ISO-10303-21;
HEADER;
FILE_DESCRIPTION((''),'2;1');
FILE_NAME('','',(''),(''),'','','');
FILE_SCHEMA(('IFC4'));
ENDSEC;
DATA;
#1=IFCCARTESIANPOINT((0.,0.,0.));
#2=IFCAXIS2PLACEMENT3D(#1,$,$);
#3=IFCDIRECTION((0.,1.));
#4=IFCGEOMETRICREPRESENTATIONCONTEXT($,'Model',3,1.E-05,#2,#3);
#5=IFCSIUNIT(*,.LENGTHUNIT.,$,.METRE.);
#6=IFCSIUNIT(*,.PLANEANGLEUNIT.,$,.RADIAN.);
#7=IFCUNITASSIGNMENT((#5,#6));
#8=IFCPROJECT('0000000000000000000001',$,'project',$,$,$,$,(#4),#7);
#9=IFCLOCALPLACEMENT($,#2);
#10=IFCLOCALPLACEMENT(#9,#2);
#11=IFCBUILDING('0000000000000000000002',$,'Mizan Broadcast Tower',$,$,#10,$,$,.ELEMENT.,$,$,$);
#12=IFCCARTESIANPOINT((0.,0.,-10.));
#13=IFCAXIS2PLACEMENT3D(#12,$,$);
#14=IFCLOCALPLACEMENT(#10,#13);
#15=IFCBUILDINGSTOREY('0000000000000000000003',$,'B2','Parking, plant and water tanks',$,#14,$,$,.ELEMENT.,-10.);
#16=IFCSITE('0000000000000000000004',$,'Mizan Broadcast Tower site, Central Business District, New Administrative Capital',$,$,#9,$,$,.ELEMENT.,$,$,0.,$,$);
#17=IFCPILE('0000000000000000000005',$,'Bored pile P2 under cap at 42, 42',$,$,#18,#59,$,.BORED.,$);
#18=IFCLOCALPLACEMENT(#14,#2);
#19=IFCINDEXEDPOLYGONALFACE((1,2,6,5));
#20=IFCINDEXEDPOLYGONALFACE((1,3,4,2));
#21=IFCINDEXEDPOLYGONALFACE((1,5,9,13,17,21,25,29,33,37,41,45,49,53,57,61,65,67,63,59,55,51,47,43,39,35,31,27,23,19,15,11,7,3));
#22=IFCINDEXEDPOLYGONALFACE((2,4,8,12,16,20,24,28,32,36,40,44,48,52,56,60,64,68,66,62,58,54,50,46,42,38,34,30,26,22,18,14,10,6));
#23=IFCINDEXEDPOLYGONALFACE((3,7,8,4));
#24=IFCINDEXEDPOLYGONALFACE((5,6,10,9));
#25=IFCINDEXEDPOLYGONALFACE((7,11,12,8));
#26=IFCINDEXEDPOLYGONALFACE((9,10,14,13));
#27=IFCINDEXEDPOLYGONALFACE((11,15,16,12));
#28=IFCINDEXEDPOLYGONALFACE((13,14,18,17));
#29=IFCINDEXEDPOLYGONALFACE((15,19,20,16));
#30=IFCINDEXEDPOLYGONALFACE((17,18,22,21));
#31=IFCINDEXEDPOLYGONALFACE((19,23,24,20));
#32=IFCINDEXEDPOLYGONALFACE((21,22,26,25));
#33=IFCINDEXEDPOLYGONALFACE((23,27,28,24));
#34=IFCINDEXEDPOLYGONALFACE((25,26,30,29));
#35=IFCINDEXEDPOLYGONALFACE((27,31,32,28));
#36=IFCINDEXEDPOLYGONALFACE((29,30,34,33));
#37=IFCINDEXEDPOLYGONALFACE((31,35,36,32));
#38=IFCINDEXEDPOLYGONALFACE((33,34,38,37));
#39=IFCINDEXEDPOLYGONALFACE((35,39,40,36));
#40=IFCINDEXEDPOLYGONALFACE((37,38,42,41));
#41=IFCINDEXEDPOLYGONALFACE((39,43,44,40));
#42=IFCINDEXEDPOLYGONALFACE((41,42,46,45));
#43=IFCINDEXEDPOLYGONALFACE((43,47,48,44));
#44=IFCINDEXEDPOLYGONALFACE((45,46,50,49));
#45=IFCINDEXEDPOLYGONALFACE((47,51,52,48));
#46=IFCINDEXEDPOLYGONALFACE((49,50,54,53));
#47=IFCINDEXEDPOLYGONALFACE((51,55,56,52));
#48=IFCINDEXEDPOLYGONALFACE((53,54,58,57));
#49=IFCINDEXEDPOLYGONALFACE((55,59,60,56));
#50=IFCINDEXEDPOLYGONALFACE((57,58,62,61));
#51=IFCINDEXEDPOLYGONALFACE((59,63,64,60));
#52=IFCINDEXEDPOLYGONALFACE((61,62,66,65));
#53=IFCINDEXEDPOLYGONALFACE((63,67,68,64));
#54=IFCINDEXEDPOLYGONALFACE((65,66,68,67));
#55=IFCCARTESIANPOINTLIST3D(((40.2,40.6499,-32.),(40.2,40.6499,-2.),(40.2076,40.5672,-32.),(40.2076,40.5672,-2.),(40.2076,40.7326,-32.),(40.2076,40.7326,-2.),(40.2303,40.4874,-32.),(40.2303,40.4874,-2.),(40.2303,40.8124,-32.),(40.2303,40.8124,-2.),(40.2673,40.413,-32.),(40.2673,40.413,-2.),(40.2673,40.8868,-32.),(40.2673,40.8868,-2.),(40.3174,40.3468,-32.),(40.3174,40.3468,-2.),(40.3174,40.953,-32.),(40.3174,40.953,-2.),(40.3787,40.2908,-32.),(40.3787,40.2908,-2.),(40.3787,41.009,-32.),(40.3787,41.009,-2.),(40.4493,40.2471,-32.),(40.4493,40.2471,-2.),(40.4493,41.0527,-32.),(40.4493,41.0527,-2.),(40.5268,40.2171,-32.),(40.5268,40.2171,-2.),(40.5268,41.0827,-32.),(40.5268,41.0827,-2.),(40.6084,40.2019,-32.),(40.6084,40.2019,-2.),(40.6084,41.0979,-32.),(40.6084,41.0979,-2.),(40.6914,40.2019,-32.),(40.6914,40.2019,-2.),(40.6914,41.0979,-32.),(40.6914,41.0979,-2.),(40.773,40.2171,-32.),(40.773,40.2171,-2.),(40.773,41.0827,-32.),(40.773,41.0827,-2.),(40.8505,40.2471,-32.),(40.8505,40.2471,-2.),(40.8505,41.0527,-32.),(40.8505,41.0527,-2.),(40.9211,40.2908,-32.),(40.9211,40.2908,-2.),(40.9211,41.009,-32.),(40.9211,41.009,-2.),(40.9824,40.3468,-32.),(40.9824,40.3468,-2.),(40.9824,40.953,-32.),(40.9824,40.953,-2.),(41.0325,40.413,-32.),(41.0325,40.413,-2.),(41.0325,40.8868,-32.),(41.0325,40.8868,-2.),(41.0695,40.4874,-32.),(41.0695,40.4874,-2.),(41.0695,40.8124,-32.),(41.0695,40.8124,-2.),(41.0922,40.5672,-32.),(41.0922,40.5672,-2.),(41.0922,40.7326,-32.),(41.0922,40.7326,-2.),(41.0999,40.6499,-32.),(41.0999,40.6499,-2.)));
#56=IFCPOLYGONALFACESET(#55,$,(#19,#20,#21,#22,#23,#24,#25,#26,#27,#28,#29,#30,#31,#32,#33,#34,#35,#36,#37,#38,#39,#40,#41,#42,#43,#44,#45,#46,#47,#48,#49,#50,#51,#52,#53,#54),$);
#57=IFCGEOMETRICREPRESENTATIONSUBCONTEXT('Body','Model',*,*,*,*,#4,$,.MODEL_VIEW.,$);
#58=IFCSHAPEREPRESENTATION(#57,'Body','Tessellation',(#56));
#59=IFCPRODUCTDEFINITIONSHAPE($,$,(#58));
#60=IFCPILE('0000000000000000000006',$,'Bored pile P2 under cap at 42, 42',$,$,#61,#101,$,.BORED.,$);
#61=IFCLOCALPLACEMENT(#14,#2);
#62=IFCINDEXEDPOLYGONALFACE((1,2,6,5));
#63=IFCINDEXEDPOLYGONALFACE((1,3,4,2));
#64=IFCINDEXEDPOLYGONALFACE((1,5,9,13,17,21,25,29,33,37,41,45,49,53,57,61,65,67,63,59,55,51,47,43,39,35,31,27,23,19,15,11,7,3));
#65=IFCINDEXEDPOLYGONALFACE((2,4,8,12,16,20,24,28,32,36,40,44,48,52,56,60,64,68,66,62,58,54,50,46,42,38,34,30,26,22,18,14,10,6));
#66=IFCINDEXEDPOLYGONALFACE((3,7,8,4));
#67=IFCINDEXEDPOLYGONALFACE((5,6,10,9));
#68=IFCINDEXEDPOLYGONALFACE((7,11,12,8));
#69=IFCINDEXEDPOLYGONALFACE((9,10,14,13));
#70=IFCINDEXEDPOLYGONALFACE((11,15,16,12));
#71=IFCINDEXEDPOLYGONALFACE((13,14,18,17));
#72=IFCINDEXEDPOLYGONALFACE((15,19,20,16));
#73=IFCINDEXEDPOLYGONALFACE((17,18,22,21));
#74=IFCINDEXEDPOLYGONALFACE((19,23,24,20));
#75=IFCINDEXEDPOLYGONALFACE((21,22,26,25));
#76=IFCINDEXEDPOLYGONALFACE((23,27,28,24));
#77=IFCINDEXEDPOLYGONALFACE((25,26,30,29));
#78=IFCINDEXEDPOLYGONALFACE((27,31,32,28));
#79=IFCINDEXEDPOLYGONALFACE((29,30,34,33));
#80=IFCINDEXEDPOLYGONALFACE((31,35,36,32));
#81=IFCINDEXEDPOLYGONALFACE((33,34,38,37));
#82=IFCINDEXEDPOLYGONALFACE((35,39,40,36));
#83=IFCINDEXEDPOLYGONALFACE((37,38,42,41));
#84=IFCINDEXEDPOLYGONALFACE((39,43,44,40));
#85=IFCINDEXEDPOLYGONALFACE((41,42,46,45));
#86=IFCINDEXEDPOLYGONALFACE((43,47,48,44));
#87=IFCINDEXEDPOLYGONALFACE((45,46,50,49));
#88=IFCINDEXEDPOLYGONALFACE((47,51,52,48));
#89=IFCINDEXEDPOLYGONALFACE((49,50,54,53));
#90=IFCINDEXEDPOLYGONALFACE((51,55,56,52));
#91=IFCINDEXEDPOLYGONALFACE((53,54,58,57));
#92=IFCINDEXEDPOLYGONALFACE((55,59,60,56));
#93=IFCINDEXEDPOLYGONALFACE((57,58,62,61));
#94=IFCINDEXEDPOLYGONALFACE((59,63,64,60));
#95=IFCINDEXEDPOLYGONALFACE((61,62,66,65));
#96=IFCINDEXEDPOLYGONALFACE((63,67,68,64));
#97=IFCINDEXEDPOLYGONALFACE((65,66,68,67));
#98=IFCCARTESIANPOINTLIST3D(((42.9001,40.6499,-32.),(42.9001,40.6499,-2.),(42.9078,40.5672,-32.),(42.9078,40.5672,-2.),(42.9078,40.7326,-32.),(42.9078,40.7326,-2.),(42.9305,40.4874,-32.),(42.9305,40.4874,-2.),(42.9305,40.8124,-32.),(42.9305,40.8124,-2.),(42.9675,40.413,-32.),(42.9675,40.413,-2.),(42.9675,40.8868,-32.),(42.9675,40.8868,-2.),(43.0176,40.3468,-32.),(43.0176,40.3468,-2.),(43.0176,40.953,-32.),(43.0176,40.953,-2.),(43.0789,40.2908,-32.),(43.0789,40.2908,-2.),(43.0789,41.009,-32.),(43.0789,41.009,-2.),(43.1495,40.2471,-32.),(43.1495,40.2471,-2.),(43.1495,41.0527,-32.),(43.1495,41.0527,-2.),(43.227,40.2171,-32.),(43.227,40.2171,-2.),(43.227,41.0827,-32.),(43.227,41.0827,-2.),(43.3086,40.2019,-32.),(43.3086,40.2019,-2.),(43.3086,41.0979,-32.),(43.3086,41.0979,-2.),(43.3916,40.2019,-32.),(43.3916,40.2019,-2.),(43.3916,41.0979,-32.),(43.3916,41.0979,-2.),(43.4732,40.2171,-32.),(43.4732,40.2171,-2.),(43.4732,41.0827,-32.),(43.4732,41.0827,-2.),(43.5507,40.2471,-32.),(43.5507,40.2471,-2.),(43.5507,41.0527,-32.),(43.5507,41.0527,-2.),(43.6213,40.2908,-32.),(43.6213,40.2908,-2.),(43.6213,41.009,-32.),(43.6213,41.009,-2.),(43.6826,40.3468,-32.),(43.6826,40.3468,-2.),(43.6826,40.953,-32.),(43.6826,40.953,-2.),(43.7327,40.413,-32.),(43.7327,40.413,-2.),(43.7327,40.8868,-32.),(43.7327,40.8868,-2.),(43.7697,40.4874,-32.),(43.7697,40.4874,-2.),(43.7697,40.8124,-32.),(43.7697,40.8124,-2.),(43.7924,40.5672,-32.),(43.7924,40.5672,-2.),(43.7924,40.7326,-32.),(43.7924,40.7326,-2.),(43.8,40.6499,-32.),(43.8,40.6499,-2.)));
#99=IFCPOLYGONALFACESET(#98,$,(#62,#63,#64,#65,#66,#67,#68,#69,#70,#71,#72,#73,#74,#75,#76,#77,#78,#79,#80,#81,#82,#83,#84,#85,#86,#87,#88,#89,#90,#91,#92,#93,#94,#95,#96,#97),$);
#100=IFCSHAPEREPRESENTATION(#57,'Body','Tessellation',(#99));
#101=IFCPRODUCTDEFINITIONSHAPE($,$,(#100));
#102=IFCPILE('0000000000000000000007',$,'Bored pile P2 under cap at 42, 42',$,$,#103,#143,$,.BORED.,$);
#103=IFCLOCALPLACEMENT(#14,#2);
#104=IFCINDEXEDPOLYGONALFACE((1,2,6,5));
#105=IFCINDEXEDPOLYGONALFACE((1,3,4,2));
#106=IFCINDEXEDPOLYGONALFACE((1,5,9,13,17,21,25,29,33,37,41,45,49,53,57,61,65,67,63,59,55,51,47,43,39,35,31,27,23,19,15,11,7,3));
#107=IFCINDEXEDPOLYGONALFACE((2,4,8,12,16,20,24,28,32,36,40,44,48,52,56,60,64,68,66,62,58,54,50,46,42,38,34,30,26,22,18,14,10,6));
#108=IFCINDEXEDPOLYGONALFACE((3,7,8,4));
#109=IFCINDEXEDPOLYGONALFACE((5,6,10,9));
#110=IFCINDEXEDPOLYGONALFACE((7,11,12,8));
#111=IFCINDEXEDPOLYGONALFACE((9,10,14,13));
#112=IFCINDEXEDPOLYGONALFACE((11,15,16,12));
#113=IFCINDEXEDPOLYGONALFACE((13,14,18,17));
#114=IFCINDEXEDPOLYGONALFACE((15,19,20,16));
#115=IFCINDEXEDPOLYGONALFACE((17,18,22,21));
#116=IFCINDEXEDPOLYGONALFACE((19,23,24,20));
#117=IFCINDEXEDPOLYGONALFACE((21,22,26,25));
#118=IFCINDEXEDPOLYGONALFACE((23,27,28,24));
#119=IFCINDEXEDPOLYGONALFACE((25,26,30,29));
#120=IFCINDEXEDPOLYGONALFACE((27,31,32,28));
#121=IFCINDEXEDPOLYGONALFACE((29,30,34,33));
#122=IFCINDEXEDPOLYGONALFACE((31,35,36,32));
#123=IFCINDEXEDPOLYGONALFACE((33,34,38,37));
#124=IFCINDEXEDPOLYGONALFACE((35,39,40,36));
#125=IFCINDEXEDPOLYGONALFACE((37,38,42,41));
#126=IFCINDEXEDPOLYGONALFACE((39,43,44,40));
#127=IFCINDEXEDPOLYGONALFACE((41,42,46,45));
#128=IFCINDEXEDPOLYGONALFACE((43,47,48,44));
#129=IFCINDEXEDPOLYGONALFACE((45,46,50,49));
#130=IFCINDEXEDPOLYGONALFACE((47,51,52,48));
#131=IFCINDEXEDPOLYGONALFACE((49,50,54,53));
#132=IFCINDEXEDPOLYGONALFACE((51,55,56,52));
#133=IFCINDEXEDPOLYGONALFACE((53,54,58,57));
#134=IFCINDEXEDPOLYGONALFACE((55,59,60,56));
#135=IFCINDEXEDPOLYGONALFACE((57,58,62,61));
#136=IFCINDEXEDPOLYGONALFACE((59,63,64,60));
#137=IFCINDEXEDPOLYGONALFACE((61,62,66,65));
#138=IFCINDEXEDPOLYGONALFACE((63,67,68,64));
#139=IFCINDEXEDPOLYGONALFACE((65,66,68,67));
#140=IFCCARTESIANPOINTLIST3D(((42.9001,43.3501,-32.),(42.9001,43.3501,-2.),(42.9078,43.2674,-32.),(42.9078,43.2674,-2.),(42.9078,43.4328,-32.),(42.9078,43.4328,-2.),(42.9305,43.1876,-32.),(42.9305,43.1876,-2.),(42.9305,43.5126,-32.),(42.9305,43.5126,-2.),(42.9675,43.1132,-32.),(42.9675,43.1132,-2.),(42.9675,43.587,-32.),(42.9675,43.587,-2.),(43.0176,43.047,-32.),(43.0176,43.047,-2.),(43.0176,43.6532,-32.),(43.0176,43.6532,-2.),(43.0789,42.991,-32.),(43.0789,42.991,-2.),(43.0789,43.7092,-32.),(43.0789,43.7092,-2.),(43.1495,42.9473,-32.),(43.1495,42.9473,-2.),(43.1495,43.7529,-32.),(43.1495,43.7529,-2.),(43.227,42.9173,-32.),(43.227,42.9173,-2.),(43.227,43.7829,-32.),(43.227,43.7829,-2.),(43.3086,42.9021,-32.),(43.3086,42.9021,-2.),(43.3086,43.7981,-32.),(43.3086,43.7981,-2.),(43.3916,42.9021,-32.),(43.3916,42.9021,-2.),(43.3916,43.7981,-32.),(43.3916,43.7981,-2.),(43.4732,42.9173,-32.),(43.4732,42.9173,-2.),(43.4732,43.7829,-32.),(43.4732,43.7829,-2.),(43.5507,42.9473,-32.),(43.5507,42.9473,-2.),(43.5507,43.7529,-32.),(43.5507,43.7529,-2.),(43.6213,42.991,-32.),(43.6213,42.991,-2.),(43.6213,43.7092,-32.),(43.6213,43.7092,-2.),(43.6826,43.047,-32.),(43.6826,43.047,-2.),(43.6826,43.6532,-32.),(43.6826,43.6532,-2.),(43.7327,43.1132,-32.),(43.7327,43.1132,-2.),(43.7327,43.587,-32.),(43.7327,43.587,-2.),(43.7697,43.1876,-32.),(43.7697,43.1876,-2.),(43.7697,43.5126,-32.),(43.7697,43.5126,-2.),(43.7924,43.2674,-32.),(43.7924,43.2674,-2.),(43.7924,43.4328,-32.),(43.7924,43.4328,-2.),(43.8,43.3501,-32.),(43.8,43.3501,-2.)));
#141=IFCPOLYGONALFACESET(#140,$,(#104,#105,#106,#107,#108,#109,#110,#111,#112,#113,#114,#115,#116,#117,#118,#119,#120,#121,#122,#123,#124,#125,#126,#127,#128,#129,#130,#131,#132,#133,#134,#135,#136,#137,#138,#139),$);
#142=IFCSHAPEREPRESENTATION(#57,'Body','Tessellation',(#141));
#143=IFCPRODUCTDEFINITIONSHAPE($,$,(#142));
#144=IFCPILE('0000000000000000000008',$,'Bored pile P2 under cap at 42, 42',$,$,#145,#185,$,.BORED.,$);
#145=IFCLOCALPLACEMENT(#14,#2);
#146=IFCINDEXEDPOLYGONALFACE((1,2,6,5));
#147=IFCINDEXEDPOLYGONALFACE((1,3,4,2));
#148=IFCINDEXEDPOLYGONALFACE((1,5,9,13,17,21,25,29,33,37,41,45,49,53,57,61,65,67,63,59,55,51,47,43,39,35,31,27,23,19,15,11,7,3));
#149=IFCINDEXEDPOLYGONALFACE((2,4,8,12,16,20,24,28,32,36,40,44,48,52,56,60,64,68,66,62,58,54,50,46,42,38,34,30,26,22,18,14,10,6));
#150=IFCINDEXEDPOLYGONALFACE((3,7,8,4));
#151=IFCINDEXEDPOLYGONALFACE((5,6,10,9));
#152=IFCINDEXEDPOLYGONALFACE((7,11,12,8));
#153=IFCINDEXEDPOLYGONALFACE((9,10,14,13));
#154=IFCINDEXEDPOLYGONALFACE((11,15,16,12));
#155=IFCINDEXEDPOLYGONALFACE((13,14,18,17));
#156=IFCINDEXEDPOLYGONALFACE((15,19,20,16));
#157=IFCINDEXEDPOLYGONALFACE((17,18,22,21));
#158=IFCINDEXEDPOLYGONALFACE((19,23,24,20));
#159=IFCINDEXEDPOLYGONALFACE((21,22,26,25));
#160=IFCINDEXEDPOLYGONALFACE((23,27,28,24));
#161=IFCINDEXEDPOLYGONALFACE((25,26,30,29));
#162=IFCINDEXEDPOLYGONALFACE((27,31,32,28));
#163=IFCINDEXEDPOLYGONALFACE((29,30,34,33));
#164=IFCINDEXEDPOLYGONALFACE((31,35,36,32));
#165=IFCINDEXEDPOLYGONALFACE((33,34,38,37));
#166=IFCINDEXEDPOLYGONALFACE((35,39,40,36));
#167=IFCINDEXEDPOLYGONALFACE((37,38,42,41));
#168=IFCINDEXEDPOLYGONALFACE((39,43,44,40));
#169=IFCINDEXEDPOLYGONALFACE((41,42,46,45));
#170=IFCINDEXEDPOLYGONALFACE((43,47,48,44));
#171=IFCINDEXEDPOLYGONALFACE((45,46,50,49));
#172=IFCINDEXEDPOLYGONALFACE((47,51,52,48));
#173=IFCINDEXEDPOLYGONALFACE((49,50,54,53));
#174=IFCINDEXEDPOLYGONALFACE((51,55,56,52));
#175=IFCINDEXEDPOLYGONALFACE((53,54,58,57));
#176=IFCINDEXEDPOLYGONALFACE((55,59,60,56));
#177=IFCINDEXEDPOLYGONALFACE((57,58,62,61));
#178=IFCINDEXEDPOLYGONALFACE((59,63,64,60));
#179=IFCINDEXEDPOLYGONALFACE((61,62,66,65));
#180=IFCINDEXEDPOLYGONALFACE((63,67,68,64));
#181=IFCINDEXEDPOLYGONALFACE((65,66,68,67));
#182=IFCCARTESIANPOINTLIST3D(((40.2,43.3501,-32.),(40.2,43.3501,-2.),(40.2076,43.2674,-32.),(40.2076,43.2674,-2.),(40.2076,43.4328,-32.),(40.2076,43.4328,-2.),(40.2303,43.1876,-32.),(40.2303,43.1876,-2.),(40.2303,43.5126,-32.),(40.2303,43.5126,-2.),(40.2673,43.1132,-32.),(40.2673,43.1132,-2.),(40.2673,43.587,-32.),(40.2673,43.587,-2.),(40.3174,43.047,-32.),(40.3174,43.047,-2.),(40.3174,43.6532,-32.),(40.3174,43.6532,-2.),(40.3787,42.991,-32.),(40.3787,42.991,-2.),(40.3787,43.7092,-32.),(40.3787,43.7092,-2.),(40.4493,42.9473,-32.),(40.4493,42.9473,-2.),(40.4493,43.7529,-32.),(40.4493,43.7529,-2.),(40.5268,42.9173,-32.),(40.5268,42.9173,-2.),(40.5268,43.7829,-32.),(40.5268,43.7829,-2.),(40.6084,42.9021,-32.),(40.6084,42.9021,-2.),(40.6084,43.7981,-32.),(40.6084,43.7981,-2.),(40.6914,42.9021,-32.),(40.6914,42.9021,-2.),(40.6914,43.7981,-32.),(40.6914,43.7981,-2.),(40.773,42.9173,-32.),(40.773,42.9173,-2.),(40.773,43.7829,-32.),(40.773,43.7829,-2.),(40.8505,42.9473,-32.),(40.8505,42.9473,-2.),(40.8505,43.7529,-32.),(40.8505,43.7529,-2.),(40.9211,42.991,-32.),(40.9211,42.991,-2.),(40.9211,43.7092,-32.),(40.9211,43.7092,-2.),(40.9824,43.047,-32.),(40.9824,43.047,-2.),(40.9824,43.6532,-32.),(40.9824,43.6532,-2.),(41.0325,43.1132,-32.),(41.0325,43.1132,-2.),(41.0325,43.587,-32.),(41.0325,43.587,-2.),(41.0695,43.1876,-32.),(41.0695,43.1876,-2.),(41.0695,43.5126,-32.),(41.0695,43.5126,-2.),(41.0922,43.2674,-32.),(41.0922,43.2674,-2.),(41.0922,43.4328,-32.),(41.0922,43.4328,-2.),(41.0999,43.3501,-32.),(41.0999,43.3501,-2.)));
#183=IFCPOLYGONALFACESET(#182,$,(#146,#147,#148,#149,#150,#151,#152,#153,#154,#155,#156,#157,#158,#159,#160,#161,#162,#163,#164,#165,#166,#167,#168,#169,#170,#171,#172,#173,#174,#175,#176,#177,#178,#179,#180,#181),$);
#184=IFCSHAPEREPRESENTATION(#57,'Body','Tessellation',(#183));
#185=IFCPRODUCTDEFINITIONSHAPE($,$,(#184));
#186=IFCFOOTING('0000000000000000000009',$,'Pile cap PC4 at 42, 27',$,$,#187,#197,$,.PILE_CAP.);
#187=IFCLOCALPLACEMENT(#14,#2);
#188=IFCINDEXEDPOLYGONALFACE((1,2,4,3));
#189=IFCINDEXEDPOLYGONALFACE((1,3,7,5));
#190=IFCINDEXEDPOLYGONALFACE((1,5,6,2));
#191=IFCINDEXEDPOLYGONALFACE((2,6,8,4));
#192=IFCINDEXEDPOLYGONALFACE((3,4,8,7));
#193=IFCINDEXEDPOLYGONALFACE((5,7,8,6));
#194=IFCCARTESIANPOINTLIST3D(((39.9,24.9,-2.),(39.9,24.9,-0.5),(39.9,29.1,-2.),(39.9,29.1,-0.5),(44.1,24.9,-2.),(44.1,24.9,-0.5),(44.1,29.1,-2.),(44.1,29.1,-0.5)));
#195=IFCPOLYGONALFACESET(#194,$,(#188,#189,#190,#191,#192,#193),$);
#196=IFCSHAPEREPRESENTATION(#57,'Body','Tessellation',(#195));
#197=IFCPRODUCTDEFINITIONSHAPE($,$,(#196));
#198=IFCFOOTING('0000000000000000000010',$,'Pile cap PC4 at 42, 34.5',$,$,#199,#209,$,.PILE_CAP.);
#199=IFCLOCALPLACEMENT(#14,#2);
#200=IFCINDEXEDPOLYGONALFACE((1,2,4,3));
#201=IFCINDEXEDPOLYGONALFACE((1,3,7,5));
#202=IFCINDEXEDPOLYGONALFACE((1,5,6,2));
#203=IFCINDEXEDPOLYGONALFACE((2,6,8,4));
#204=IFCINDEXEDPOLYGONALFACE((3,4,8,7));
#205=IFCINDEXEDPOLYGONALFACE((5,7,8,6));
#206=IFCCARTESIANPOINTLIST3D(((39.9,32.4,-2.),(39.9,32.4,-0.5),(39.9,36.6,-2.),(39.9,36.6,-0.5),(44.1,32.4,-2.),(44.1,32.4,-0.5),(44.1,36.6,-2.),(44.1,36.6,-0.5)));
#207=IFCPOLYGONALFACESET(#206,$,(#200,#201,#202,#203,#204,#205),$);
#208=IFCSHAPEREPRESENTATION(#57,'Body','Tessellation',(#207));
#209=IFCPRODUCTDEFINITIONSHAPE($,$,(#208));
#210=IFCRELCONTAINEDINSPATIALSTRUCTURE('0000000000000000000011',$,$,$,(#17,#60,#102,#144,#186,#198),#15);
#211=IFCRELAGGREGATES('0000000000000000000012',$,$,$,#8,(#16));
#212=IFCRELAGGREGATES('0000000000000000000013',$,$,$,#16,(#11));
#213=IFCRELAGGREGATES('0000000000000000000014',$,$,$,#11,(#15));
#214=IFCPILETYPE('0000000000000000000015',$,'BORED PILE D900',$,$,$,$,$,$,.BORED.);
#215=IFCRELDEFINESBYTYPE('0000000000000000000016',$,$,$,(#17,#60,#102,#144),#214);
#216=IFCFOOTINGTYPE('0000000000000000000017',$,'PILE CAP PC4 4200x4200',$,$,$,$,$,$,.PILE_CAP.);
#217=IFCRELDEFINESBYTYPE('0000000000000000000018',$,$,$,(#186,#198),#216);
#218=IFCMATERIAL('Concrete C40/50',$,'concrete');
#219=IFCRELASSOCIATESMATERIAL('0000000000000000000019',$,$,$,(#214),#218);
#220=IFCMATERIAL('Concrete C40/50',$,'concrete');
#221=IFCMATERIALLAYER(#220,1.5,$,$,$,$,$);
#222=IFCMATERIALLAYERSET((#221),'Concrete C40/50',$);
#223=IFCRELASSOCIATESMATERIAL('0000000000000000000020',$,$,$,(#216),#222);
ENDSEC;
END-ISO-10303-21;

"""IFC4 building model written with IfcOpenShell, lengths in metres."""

from ifc_helpers import new_model, si_unit, direction, frame, origin, origin_2d, place, context, subcontext, project, spatial, rectangle, circle, extrude, material, layer, layer_set, material_profile, profile_set, type_object, element, save


model = new_model("IFC4")

# Units and contexts
model_context = context("Model", 3, precision=1e-05, world=origin(), true_north=direction((0.0, 1.0)))
body_context = subcontext(model_context, "Body", "Model", "MODEL_VIEW")
ifc_project = project(units=[si_unit("LENGTHUNIT", "METRE"), si_unit("PLANEANGLEUNIT", "RADIAN")], contexts=[model_context])

# Site, building, storey
site_placement = place(None, origin())
site = spatial("IfcSite", under=ifc_project, at=site_placement, Name="Mizan Broadcast Tower site, Central Business District, New Administrative Capital", CompositionType="ELEMENT", RefElevation=0.0)
building_placement = place(site_placement, origin())
building = spatial("IfcBuilding", under=site, at=building_placement, Name="Mizan Broadcast Tower", CompositionType="ELEMENT")
storey_placement = place(building_placement, frame((0.0, 0.0, -10.0)))
storey = spatial("IfcBuildingStorey", under=building, at=storey_placement, Name="B2", Description="Parking, plant and water tanks", CompositionType="ELEMENT", Elevation=-10.0)

# Piles
ifc_material_1 = material(Name="Concrete C40/50", Category="concrete")
ifc_material_profile_1 = material_profile(ifc_material_1, circle(Radius=0.45, at=origin_2d()), Name="D900")
ifc_profile_set_1 = profile_set([ifc_material_profile_1], Name="Concrete C40/50")
pile_type = type_object("IfcPileType", Name="BORED PILE D900", PredefinedType="BORED", material=ifc_profile_set_1)
for number, where, z_axis, x_axis, name in (
    (1, (40.6499, 40.6499, -2.0), (0.0, 0.0, -1.0), (1.0, 0.0, 0.0), "Bored pile P2 under cap at 42, 42"),
    (2, (43.3501, 40.6499, -2.0), (0.0, 0.0, -1.0), (1.0, 0.0, 0.0), "Bored pile P2 under cap at 42, 42"),
    (3, (43.3501, 43.3501, -2.0), (0.0, 0.0, -1.0), (1.0, 0.0, 0.0), "Bored pile P2 under cap at 42, 42"),
    (4, (40.6499, 43.3501, -2.0), (0.0, 0.0, -1.0), (1.0, 0.0, 0.0), "Bored pile P2 under cap at 42, 42"),
):
    element("IfcPile", number, at=place(storey_placement, frame(where, z_axis=z_axis, x_axis=x_axis)), inside=storey, type_object=pile_type, Name=name, PredefinedType="BORED", context=body_context, shape_type="SweptSolid", body=[
        extrude(circle(Radius=0.45, at=origin_2d()), origin(), (0.0, 0.0, 1.0), 30.0),
    ])

# Footings
ifc_material_2 = material(Name="Concrete C40/50", Category="concrete")
ifc_layer_1 = layer(ifc_material_2, 1.5)
ifc_layer_set_1 = layer_set([ifc_layer_1], Name="Concrete C40/50")
footing_type_1 = type_object("IfcFootingType", Name="PILE CAP PC4 4200x4200", PredefinedType="PILE_CAP", material=ifc_layer_set_1)
for number, where, z_axis, x_axis, name in (
    (5, (42.0, 27.0, -2.0), (0.0, 0.0, 1.0), (1.0, 0.0, 0.0), "Pile cap PC4 at 42, 27"),
    (6, (42.0, 34.5, -2.0), (0.0, 0.0, 1.0), (1.0, 0.0, 0.0), "Pile cap PC4 at 42, 34.5"),
):
    element("IfcFooting", number, at=place(storey_placement, frame(where, z_axis=z_axis, x_axis=x_axis)), inside=storey, type_object=footing_type_1, Name=name, PredefinedType="PILE_CAP", context=body_context, shape_type="SweptSolid", body=[
        extrude(rectangle(XDim=4.2, YDim=4.2, at=origin_2d()), origin(), (0.0, 0.0, 1.0), 1.5),
    ])

save(model, "model.ifc")
